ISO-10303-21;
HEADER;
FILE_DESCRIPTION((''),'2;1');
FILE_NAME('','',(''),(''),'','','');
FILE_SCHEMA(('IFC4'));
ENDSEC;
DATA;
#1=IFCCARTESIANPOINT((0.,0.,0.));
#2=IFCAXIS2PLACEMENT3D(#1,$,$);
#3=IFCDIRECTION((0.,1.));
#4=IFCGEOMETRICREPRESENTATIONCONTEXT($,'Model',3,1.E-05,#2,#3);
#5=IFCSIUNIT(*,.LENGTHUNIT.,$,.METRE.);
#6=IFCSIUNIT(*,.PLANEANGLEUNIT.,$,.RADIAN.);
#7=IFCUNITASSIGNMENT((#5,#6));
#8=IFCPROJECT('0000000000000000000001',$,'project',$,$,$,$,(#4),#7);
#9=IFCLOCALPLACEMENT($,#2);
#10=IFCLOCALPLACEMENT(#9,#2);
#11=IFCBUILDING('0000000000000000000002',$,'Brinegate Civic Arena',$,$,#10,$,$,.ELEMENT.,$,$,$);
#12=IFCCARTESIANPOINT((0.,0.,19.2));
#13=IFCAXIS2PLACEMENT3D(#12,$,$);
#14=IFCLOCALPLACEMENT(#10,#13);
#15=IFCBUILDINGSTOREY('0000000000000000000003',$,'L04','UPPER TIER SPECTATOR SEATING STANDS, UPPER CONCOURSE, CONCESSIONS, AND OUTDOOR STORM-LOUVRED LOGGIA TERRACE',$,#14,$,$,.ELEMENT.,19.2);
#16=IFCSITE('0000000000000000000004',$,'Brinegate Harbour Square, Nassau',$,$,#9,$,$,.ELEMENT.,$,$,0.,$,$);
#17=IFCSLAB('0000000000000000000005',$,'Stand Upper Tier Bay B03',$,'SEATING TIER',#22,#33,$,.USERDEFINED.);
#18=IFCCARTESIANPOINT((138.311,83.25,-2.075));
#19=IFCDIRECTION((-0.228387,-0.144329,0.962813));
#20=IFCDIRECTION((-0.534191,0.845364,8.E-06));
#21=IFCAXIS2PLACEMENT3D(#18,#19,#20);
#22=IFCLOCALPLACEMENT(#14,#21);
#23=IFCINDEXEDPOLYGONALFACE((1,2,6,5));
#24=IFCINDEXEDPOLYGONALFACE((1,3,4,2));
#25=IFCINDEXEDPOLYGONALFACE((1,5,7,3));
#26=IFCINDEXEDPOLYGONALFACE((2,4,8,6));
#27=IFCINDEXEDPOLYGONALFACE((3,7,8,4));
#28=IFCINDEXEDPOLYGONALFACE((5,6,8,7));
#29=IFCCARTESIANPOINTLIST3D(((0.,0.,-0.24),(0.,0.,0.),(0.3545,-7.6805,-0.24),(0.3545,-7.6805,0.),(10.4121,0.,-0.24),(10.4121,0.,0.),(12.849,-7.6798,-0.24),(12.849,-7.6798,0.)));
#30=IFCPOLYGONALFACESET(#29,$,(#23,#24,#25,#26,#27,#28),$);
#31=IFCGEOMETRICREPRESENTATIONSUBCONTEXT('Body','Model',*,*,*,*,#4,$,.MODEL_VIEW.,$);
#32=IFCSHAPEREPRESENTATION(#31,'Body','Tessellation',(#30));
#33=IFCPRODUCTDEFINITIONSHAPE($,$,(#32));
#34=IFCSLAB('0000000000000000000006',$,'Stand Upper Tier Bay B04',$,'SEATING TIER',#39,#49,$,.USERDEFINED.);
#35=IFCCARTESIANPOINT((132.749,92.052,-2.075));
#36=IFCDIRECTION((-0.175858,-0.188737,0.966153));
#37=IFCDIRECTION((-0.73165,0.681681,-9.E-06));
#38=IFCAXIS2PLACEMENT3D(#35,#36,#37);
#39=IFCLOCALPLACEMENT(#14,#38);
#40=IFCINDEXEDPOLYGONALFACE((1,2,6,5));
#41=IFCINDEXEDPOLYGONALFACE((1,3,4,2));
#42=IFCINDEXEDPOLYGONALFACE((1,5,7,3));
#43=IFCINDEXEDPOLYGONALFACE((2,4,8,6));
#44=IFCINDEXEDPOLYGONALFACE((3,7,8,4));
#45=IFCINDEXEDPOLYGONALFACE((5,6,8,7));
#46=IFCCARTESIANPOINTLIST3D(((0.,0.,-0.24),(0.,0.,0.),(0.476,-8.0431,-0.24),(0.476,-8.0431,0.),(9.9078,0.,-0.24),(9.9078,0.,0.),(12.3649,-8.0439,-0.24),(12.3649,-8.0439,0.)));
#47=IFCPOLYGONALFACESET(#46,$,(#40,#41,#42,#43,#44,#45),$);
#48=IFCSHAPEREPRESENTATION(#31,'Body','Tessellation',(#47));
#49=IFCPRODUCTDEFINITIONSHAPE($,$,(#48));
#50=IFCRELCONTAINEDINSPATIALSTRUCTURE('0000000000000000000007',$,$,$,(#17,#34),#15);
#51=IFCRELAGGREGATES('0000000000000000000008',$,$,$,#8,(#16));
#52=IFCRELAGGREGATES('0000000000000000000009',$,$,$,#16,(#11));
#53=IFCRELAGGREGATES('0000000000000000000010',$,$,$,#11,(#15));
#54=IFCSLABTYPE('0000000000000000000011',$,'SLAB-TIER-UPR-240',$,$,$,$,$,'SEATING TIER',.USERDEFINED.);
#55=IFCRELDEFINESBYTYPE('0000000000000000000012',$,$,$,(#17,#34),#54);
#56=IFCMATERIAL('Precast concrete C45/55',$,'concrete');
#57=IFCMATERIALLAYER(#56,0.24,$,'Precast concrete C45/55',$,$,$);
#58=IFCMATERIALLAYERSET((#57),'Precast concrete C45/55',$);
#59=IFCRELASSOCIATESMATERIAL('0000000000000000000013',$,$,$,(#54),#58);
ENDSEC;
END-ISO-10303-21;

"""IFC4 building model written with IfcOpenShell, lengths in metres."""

from ifc_helpers import new_model, si_unit, direction, frame, origin, place, context, subcontext, project, spatial, polyline, outline, extrude, material, layer, layer_set, type_object, element, save


model = new_model("IFC4")

# Units and contexts
model_context = context("Model", 3, precision=1e-05, world=origin(), true_north=direction((0.0, 1.0)))
body_context = subcontext(model_context, "Body", "Model", "MODEL_VIEW")
ifc_project = project(units=[si_unit("LENGTHUNIT", "METRE"), si_unit("PLANEANGLEUNIT", "RADIAN")], contexts=[model_context])

# Site, building, storey
site_placement = place(None, origin())
site = spatial("IfcSite", under=ifc_project, at=site_placement, Name="Brinegate Harbour Square, Nassau", CompositionType="ELEMENT", RefElevation=0.0)
building_placement = place(site_placement, origin())
building = spatial("IfcBuilding", under=site, at=building_placement, Name="Brinegate Civic Arena", CompositionType="ELEMENT")
storey_placement = place(building_placement, frame((0.0, 0.0, 19.2)))
storey = spatial("IfcBuildingStorey", under=building, at=storey_placement, Name="L04", Description="UPPER TIER SPECTATOR SEATING STANDS, UPPER CONCOURSE, CONCESSIONS, AND OUTDOOR STORM-LOUVRED LOGGIA TERRACE", CompositionType="ELEMENT", Elevation=19.2)

# Slabs
ifc_material_1 = material(Name="Precast concrete C45/55", Category="concrete")
ifc_layer_1 = layer(ifc_material_1, 0.24, Name="Precast concrete C45/55")
ifc_layer_set_1 = layer_set([ifc_layer_1], Name="Precast concrete C45/55")
slab_type = type_object("IfcSlabType", Name="SLAB-TIER-UPR-240", ElementType="SEATING TIER", PredefinedType="USERDEFINED", material=ifc_layer_set_1)
slab_1_placement = place(storey_placement, frame((138.311, 83.25, -2.075), z_axis=(-0.228387, -0.144329, 0.962813), x_axis=(-0.534191, 0.845364, 0.000008)))
element("IfcSlab", 1, at=slab_1_placement, inside=storey, type_object=slab_type, Name="Stand Upper Tier Bay B03", ObjectType="SEATING TIER", PredefinedType="USERDEFINED", context=body_context, shape_type="SweptSolid", body=[
    extrude(outline(polyline([(0.0, 0.0), (10.4121, 0.0), (12.849, -7.6798), (0.3545, -7.6805), (0.0, 0.0)])), origin(), (0.0, 0.0, -1.0), 0.24),
])
slab_2_placement = place(storey_placement, frame((132.749, 92.052, -2.075), z_axis=(-0.175858, -0.188737, 0.966153), x_axis=(-0.73165, 0.681681, -0.000009)))
element("IfcSlab", 2, at=slab_2_placement, inside=storey, type_object=slab_type, Name="Stand Upper Tier Bay B04", ObjectType="SEATING TIER", PredefinedType="USERDEFINED", context=body_context, shape_type="SweptSolid", body=[
    extrude(outline(polyline([(0.0, 0.0), (9.9078, 0.0), (12.3649, -8.0439), (0.476, -8.0431), (0.0, 0.0)])), origin(), (0.0, 0.0, -1.0), 0.24),
])

save(model, "model.ifc")
